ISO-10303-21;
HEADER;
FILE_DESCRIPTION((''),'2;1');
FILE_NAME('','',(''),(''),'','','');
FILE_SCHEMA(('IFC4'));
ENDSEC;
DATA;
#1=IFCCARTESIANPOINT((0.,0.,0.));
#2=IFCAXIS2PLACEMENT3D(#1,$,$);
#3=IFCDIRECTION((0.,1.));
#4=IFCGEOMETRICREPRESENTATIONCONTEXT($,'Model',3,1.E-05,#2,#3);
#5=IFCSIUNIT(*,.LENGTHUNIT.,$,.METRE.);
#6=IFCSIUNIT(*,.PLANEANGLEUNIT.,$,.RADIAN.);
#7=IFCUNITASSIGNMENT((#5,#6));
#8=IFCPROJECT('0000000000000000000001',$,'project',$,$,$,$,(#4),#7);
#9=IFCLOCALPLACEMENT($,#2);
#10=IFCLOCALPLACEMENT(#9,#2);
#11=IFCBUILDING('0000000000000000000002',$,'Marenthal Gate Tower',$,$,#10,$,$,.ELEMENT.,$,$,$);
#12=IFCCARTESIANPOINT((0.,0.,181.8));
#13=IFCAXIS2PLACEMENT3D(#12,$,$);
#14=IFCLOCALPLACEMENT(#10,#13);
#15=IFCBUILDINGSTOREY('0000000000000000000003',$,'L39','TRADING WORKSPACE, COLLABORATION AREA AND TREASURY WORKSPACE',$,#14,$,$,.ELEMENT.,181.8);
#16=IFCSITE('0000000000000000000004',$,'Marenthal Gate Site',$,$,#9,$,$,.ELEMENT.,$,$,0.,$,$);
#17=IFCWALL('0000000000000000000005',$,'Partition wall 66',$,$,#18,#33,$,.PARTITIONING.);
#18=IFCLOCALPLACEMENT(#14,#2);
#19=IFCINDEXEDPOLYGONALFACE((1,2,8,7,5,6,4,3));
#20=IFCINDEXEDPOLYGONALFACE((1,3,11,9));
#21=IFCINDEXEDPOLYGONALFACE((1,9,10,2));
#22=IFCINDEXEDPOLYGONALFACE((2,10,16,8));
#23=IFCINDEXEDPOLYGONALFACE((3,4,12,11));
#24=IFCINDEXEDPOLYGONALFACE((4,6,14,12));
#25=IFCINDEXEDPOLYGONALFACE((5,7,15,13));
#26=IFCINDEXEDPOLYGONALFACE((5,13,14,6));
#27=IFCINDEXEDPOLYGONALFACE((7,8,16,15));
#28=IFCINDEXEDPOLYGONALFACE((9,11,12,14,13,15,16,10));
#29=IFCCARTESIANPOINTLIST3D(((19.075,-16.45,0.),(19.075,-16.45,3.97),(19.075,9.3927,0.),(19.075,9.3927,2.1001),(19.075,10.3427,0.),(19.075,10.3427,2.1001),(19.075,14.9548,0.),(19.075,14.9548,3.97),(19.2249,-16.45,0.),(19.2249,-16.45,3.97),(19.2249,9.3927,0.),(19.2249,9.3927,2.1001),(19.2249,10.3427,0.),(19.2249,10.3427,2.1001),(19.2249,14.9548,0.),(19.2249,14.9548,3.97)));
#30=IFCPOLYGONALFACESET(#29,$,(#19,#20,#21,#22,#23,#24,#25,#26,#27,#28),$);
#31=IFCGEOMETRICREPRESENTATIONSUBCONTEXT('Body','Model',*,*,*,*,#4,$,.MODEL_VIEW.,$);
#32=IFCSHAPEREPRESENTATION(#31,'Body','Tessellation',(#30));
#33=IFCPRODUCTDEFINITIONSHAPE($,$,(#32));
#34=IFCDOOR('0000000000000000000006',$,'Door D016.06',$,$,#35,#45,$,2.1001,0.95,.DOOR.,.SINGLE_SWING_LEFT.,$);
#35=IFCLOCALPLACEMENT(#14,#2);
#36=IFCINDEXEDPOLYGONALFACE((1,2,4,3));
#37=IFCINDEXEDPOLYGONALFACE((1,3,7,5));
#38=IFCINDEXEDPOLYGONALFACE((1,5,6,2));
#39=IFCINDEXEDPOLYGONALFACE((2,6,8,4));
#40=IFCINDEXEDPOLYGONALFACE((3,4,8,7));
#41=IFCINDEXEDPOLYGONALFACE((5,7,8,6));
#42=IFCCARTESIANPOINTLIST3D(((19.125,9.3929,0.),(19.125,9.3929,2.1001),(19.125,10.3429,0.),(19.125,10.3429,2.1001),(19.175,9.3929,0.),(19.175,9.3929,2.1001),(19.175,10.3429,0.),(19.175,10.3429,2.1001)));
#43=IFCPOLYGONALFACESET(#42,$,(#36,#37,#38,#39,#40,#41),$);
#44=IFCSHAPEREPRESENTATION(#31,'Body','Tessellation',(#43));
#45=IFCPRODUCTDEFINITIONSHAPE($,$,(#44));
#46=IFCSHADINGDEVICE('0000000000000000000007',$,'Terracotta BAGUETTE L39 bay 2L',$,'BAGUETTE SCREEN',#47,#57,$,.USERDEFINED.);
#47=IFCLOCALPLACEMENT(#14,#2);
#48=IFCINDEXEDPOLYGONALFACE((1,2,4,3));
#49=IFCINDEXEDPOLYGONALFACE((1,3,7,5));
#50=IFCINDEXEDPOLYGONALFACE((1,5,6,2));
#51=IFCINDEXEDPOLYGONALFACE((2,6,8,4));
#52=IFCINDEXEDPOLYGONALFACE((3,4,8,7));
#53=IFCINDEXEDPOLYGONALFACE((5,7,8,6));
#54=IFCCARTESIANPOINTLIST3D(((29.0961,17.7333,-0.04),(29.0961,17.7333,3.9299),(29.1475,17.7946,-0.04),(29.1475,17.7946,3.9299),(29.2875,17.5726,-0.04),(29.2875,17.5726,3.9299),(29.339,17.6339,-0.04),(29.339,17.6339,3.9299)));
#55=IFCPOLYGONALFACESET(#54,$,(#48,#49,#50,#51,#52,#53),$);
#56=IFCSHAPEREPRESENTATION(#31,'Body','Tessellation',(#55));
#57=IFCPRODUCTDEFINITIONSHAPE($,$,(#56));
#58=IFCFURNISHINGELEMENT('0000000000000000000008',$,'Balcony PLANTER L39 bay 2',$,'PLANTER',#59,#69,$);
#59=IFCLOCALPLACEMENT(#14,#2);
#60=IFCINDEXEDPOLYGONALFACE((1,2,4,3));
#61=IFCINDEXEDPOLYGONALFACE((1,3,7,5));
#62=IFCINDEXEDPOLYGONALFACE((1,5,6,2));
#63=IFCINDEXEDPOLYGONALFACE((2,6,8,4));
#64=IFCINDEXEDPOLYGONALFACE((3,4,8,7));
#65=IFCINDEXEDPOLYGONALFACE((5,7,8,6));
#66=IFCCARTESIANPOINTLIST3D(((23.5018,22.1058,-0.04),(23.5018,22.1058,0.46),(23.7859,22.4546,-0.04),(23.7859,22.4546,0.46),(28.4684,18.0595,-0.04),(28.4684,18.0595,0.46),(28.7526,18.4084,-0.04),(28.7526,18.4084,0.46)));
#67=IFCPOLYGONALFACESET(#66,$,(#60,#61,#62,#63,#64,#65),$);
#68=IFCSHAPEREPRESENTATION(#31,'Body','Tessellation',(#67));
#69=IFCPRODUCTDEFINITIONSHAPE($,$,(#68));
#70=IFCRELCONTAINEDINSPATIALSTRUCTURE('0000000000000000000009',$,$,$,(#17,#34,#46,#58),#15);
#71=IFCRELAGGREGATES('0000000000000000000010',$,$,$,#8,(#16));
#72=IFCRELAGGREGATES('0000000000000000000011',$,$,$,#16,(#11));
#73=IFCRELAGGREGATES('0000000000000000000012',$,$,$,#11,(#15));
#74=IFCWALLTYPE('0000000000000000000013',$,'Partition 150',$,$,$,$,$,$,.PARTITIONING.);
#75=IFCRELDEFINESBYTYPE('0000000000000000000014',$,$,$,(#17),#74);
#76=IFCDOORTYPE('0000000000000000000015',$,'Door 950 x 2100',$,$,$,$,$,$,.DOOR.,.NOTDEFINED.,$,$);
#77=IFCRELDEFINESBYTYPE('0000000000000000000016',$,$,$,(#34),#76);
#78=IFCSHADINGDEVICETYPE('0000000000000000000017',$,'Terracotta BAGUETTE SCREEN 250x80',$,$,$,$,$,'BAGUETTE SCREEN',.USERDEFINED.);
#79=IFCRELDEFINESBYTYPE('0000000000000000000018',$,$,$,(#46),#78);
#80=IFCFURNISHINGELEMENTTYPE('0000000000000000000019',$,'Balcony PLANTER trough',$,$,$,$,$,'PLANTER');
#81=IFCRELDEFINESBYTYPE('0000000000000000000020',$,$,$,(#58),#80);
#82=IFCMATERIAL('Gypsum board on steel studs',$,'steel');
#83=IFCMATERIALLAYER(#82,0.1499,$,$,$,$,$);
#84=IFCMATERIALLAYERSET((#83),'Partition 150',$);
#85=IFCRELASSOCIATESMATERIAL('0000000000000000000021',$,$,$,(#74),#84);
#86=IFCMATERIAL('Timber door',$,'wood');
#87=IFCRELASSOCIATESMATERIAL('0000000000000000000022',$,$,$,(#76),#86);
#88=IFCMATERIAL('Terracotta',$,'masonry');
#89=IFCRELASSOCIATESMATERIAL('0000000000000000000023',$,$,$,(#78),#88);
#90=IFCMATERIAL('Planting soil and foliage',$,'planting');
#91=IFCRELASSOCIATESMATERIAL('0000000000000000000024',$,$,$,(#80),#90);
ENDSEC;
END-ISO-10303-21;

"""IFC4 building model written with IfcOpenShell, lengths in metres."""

from ifc_helpers import new_model, si_unit, direction, frame, frame_2d, origin, origin_2d, place, context, subcontext, project, spatial, rectangle, extrude, material, layer, layer_set, material_profile, profile_set, type_object, element, fill, save


model = new_model("IFC4")

# Units and contexts
model_context = context("Model", 3, precision=1e-05, world=origin(), true_north=direction((0.0, 1.0)))
body_context = subcontext(model_context, "Body", "Model", "MODEL_VIEW")
ifc_project = project(units=[si_unit("LENGTHUNIT", "METRE"), si_unit("PLANEANGLEUNIT", "RADIAN")], contexts=[model_context])

# Site, building, storey
site_placement = place(None, origin())
site = spatial("IfcSite", under=ifc_project, at=site_placement, Name="Marenthal Gate Site", CompositionType="ELEMENT", RefElevation=0.0)
building_placement = place(site_placement, origin())
building = spatial("IfcBuilding", under=site, at=building_placement, Name="Marenthal Gate Tower", CompositionType="ELEMENT")
storey_placement = place(building_placement, frame((0.0, 0.0, 181.8)))
storey = spatial("IfcBuildingStorey", under=building, at=storey_placement, Name="L39", Description="TRADING WORKSPACE, COLLABORATION AREA AND TREASURY WORKSPACE", CompositionType="ELEMENT", Elevation=181.8)

# Shared definitions
ifc_material_1 = material(Name="Gypsum board on steel studs", Category="steel")
ifc_layer_1 = layer(ifc_material_1, 0.1499)
ifc_layer_set_1 = layer_set([ifc_layer_1], Name="Partition 150")
wall_type_1 = type_object("IfcWallType", Name="Partition 150", PredefinedType="PARTITIONING", material=ifc_layer_set_1)

# Wall, opening, door
wall_1_placement = place(storey_placement, frame((19.1499, 14.9548, 0.0), z_axis=(0.0, 0.0, 1.0), x_axis=(0.0, -1.0, 0.0)))
wall_1 = element("IfcWall", 1, at=wall_1_placement, inside=storey, type_object=wall_type_1, Name="Partition wall 66", PredefinedType="PARTITIONING", context=body_context, shape_type="SweptSolid", body=[
    extrude(rectangle(XDim=31.4048, YDim=0.1499, at=frame_2d((15.7024, 0.0))), origin(), (0.0, 0.0, 1.0), 3.97),
])
opening_1_placement = place(wall_1_placement, frame((4.6121, 0.0, 0.0)))
opening_1 = element("IfcOpeningElement", 2, at=opening_1_placement, cuts=wall_1, PredefinedType="OPENING", context=body_context, shape_type="SweptSolid", body=[
    extrude(rectangle(XDim=0.95, YDim=2.1001, at=frame_2d((0.4751, 1.05))), frame((0.0, 0.085, 0.0), z_axis=(0.0, -1.0, 0.0), x_axis=(1.0, 0.0, 0.0)), (0.0, 0.0, 1.0), 0.1699),
])
ifc_material_2 = material(Name="Timber door", Category="wood")
door_type_1 = type_object("IfcDoorType", Name="Door 950 x 2100", OperationType="NOTDEFINED", PredefinedType="DOOR", material=ifc_material_2)
door_1_placement = place(opening_1_placement, frame((0.95, 0.0, 0.0), z_axis=(0.0, 0.0, 1.0), x_axis=(-1.0, 0.0, 0.0)))
door_1 = element("IfcDoor", 3, at=door_1_placement, inside=storey, type_object=door_type_1, Name="Door D016.06", OperationType="SINGLE_SWING_LEFT", OverallHeight=2.1001, OverallWidth=0.95, PredefinedType="DOOR", context=body_context, shape_type="SweptSolid", body=[
    extrude(rectangle(XDim=0.95, YDim=2.1001, at=frame_2d((0.4751, 1.05))), frame((0.0, 0.0249, 0.0), z_axis=(0.0, -1.0, 0.0), x_axis=(1.0, 0.0, 0.0)), (0.0, 0.0, 1.0), 0.05),
])
fill(opening_1, door_1)

# Shading device
ifc_material_3 = material(Name="Terracotta", Category="masonry")
ifc_material_profile_1 = material_profile(ifc_material_3, rectangle(XDim=0.25, YDim=0.0801, at=origin_2d()), Name="Terracotta baguette 250x80")
ifc_profile_set_1 = profile_set([ifc_material_profile_1], Name="Terracotta")
shading_device_type = type_object("IfcShadingDeviceType", Name="Terracotta BAGUETTE SCREEN 250x80", ElementType="BAGUETTE SCREEN", PredefinedType="USERDEFINED", material=ifc_profile_set_1)
shading_device_placement = place(storey_placement, frame((29.2175, 17.6836, -0.04), z_axis=(0.0, 0.0, 1.0), x_axis=(-0.76585, 0.643019, 0.0)))
element("IfcShadingDevice", 4, at=shading_device_placement, inside=storey, type_object=shading_device_type, Name="Terracotta BAGUETTE L39 bay 2L", ObjectType="BAGUETTE SCREEN", PredefinedType="USERDEFINED", context=body_context, shape_type="SweptSolid", body=[
    extrude(rectangle(XDim=0.25, YDim=0.0801, at=origin_2d()), origin(), (0.0, 0.0, 1.0), 3.97),
])

# Furnishing element
ifc_material_4 = material(Name="Planting soil and foliage", Category="planting")
furnishing_element_type = type_object("IfcFurnishingElementType", Name="Balcony PLANTER trough", ElementType="PLANTER", material=ifc_material_4)
furnishing_placement = place(storey_placement, frame((26.1272, 20.2571, -0.04), z_axis=(0.0, 0.0, 1.0), x_axis=(-0.775288, 0.631608, 0.0)))
element("IfcFurnishingElement", 5, at=furnishing_placement, inside=storey, type_object=furnishing_element_type, Name="Balcony PLANTER L39 bay 2", ObjectType="PLANTER", context=body_context, shape_type="SweptSolid", body=[
    extrude(rectangle(XDim=6.4062, YDim=0.45, at=origin_2d()), origin(), (0.0, 0.0, 1.0), 0.5),
])

save(model, "model.ifc")
